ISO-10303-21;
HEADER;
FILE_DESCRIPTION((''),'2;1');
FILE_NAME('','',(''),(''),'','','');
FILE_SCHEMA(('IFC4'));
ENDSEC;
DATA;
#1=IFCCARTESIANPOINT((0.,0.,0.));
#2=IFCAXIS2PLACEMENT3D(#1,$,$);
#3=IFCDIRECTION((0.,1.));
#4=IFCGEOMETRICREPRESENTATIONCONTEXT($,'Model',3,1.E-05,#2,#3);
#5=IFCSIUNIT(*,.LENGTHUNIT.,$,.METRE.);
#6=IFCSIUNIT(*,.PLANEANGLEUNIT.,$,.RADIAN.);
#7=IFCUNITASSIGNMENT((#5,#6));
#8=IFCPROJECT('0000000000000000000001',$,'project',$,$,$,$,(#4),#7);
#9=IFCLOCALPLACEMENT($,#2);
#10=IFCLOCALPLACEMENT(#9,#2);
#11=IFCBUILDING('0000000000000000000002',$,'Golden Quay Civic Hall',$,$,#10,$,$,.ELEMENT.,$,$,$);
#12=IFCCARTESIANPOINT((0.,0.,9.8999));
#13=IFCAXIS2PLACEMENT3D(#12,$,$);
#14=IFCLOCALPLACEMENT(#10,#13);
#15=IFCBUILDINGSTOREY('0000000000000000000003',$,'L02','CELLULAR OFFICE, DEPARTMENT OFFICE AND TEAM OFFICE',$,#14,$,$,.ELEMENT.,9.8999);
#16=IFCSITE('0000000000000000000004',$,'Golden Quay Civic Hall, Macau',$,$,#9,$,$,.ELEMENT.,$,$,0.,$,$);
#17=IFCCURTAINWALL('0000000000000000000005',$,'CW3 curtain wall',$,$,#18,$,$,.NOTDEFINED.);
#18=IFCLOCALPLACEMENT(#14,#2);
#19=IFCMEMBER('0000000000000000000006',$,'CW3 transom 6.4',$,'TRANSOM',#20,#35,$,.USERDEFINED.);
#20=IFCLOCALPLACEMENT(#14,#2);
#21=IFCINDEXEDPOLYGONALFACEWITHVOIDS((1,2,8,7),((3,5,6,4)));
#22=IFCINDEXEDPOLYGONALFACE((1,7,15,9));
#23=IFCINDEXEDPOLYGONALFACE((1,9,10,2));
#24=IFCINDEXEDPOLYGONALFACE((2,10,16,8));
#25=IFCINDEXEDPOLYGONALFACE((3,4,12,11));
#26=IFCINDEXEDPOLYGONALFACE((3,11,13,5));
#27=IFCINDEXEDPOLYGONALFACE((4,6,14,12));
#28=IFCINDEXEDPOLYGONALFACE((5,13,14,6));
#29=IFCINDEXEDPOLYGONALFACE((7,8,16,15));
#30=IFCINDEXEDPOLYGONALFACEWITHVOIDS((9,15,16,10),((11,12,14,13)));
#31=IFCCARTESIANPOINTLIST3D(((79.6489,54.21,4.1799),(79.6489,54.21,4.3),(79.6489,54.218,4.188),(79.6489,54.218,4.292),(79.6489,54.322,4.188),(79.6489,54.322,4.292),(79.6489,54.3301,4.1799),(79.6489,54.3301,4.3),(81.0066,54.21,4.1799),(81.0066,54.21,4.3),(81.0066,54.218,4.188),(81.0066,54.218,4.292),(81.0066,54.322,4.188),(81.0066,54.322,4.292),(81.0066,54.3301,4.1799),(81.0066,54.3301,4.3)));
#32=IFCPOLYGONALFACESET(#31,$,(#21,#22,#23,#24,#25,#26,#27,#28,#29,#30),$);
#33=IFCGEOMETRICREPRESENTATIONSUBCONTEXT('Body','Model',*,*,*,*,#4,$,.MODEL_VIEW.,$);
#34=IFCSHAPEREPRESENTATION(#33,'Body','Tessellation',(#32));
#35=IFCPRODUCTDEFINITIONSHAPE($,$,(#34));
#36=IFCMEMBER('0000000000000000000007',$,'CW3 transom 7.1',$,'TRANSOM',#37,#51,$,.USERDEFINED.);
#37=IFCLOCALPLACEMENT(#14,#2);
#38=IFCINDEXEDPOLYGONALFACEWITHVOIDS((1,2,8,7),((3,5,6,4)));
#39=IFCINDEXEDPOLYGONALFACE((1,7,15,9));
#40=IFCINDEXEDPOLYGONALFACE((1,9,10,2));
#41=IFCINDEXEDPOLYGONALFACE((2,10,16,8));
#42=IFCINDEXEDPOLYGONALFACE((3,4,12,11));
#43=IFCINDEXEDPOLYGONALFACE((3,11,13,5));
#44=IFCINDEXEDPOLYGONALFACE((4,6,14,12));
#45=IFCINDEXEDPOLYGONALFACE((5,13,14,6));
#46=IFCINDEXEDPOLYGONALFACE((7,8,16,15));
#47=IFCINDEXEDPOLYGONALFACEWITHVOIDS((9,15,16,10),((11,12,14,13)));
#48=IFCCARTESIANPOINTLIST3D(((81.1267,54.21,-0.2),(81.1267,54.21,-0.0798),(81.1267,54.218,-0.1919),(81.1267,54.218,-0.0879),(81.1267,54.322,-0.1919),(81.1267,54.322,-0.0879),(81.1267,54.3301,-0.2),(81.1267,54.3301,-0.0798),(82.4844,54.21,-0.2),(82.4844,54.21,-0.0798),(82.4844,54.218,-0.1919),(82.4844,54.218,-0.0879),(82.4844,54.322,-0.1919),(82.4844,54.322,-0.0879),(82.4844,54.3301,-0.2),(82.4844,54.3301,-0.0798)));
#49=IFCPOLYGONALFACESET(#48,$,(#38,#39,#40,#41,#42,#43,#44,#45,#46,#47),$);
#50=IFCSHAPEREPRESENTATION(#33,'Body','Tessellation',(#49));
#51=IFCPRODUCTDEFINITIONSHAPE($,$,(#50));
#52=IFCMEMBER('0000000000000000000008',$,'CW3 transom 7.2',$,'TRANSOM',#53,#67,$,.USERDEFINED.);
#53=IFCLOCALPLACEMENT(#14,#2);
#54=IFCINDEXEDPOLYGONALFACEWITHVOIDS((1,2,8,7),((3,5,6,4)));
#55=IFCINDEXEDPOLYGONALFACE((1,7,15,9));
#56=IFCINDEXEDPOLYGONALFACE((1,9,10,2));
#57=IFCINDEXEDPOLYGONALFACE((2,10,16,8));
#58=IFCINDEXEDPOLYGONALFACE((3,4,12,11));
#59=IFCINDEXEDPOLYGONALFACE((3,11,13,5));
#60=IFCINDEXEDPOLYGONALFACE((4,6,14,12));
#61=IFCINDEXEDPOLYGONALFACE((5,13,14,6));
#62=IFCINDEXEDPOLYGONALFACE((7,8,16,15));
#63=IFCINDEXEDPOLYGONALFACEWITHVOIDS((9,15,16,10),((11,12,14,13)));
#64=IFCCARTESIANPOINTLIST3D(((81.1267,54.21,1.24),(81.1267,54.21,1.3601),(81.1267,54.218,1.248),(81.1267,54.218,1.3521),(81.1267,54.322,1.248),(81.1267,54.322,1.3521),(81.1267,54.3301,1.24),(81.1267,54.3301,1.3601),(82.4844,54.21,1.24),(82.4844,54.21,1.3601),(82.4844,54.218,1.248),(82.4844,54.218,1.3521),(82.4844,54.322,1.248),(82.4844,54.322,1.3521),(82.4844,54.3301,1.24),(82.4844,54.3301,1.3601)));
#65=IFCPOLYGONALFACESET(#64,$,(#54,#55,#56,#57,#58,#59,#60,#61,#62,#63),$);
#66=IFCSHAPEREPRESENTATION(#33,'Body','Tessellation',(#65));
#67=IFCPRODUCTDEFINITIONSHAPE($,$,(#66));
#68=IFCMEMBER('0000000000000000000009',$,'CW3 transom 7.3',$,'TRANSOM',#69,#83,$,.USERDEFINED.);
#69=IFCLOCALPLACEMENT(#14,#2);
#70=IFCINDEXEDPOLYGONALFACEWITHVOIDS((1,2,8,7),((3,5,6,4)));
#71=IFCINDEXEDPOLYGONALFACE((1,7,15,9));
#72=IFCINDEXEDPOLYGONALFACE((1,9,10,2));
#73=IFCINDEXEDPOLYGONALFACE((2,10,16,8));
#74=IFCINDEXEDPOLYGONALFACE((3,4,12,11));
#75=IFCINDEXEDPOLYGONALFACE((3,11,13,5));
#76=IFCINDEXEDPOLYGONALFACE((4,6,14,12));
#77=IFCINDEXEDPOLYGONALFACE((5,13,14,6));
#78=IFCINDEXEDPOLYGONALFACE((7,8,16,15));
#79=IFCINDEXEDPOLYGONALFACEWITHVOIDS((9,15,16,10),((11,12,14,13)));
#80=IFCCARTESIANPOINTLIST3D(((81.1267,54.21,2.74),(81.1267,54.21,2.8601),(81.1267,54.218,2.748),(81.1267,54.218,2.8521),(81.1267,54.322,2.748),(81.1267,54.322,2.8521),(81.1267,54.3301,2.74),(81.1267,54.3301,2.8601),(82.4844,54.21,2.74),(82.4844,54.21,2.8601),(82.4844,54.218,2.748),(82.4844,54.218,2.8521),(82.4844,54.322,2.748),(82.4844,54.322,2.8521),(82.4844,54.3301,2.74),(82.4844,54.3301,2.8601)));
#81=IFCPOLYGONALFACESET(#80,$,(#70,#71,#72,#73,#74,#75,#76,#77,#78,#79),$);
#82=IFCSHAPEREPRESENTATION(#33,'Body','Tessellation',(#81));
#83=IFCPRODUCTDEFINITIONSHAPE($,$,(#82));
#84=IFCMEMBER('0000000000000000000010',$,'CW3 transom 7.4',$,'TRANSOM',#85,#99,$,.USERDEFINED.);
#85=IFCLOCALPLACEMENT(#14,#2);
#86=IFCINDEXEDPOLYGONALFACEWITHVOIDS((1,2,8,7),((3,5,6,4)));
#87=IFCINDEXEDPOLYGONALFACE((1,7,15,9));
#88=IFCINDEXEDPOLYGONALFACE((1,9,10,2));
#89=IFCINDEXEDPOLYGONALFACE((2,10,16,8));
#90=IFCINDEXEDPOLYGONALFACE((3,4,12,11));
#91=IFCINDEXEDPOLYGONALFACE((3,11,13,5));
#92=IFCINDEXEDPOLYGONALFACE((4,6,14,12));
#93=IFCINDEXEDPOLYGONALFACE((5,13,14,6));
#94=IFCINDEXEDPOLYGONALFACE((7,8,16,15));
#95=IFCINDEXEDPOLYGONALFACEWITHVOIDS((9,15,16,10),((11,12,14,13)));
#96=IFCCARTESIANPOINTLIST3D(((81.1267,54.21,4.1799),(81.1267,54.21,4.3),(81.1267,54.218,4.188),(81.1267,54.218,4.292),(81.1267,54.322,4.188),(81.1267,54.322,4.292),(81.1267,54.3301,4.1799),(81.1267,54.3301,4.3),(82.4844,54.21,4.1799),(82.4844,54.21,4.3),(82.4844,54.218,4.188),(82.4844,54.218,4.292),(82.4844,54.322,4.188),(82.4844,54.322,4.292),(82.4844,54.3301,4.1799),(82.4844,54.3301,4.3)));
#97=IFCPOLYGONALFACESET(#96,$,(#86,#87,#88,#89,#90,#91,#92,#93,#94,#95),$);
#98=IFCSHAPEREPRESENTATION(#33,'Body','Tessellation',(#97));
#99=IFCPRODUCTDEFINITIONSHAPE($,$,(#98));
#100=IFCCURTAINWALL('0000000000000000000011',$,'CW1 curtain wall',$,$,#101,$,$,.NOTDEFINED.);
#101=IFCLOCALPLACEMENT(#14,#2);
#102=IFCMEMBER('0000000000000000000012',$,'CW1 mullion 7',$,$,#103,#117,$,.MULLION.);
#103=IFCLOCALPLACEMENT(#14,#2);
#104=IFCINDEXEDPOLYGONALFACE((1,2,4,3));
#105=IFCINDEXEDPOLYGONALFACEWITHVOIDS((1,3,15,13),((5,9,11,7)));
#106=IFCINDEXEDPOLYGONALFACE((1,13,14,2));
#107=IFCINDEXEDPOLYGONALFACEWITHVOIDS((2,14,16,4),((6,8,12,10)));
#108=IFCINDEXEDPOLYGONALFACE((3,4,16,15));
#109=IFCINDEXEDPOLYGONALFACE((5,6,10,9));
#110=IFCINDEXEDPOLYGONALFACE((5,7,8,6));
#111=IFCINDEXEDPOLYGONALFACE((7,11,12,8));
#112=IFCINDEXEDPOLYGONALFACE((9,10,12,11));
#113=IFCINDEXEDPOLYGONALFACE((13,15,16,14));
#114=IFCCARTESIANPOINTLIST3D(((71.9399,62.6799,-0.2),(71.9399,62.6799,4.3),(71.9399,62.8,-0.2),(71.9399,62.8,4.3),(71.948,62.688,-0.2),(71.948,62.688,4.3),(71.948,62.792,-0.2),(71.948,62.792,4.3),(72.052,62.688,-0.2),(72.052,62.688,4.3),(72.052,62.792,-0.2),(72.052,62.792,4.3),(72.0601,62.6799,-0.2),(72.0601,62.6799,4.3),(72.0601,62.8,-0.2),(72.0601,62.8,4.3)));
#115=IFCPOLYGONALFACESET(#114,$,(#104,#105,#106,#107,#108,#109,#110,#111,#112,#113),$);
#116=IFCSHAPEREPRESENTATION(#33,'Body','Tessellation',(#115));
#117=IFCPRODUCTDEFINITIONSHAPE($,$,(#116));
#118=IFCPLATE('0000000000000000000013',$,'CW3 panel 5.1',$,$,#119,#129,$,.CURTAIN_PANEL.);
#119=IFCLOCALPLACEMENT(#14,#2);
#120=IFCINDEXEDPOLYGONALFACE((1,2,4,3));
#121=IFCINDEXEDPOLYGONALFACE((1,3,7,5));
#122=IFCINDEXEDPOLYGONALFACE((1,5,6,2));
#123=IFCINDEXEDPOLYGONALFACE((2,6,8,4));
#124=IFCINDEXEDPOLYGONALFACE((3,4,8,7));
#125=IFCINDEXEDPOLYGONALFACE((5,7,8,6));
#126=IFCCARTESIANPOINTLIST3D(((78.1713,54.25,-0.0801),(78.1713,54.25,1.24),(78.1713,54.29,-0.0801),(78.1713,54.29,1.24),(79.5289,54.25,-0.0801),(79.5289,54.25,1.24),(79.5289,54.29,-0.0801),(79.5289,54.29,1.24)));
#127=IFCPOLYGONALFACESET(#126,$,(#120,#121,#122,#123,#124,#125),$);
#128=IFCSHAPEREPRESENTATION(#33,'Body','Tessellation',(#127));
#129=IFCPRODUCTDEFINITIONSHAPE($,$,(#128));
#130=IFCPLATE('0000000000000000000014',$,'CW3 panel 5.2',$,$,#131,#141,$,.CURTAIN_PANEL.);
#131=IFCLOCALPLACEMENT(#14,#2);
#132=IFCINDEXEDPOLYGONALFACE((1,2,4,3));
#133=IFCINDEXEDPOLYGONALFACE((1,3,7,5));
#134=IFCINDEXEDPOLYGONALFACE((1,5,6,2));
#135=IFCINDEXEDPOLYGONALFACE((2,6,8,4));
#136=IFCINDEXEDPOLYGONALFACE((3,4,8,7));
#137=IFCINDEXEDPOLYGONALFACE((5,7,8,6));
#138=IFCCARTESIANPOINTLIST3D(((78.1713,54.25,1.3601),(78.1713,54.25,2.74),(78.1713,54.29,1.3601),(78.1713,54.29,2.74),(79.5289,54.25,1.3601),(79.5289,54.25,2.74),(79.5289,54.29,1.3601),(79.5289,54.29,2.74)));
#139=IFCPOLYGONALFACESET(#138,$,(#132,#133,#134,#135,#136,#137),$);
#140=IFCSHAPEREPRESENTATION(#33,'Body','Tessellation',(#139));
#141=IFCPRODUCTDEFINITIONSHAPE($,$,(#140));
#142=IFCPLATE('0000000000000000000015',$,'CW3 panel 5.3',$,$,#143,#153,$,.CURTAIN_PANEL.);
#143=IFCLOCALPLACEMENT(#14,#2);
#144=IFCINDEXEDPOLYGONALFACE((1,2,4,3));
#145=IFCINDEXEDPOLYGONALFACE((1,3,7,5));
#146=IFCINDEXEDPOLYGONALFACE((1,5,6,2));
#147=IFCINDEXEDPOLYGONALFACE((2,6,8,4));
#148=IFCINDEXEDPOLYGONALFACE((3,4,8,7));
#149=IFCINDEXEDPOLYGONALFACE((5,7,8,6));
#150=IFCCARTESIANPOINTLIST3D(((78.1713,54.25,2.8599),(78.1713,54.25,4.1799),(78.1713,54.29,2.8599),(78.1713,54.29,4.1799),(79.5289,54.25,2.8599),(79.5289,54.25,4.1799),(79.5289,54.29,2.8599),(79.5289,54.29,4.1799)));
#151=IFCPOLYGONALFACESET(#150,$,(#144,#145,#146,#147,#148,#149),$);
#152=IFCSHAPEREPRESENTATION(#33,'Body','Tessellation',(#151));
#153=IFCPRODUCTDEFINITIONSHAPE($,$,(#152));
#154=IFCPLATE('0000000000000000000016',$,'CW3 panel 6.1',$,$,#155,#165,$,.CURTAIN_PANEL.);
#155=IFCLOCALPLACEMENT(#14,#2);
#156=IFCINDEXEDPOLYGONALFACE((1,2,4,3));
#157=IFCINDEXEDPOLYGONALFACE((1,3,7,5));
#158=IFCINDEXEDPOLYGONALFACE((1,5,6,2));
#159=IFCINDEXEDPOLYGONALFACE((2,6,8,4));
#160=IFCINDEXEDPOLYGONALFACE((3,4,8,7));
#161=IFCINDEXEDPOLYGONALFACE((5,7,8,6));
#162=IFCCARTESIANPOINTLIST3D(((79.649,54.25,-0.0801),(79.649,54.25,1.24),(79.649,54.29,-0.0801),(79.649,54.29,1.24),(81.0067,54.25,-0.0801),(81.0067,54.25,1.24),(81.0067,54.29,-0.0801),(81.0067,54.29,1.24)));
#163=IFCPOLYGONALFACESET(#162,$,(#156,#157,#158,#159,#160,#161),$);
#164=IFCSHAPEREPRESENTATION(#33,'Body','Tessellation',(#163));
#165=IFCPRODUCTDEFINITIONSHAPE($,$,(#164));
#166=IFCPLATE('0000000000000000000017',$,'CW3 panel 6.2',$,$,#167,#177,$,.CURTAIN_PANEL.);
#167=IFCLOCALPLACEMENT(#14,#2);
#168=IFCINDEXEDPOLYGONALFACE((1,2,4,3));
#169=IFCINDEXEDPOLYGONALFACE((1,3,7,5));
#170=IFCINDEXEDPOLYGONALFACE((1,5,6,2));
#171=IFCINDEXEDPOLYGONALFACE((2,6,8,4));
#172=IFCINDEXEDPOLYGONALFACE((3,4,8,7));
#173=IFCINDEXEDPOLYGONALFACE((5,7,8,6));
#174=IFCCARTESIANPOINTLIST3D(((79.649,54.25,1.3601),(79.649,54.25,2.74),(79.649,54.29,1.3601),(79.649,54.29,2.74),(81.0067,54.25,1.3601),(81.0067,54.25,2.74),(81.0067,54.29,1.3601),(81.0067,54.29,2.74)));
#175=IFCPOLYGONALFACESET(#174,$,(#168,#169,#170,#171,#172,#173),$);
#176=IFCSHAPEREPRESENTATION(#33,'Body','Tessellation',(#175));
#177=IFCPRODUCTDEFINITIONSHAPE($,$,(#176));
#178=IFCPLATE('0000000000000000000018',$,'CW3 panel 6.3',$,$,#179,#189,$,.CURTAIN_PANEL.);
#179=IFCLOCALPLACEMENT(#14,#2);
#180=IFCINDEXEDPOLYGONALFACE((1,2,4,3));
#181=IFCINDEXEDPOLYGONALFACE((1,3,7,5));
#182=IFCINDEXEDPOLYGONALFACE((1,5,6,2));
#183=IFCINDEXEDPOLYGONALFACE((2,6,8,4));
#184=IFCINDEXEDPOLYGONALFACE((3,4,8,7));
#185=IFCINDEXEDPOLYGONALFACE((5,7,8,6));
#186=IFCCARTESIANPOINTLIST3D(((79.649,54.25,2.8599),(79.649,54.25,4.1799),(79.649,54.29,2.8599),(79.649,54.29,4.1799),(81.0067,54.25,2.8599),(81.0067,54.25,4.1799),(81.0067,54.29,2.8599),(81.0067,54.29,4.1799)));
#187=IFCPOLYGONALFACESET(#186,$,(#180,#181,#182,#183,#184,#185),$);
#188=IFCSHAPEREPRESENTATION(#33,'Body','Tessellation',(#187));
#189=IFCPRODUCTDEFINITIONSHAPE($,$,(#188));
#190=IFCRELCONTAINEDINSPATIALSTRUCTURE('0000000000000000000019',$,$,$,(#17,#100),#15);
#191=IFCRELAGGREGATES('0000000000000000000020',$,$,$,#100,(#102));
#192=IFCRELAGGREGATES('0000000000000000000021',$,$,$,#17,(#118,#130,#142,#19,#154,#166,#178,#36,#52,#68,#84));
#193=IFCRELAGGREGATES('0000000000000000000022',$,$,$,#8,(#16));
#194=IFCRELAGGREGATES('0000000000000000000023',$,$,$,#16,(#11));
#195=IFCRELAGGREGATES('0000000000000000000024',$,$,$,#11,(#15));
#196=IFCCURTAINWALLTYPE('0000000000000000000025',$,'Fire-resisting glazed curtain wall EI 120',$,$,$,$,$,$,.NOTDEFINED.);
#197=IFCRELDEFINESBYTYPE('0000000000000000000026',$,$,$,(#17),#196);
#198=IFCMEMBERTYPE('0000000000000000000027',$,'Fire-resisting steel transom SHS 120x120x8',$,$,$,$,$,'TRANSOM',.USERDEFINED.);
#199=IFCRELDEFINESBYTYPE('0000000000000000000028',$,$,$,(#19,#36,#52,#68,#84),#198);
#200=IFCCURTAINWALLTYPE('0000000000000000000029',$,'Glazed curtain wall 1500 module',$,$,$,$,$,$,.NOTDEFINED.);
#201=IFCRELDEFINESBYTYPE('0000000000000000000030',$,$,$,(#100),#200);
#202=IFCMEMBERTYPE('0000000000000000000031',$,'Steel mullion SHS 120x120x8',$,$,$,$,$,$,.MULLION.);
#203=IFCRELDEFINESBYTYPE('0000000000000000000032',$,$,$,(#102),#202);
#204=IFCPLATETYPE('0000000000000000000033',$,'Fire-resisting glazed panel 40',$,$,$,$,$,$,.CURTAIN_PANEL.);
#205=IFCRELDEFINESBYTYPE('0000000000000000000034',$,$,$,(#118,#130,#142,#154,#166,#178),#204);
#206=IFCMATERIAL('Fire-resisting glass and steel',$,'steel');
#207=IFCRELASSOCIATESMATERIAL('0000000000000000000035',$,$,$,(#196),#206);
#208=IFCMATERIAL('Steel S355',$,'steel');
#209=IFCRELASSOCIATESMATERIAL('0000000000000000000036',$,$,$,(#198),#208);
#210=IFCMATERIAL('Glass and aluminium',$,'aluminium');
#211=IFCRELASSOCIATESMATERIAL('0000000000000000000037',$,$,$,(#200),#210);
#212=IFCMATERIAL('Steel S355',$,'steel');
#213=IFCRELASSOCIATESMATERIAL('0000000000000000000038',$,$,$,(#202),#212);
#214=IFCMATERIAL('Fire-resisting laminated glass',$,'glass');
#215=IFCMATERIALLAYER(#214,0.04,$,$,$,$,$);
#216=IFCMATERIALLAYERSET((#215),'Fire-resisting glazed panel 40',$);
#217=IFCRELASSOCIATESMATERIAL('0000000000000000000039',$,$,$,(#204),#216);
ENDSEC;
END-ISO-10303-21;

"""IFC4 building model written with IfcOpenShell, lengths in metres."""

from ifc_helpers import new_model, si_unit, direction, frame, origin, origin_2d, place, context, subcontext, project, spatial, rectangle, hollow_rectangle, extrude, material, layer, layer_set, material_profile, profile_set, type_object, element, aggregate, save


model = new_model("IFC4")

# Units and contexts
model_context = context("Model", 3, precision=1e-05, world=origin(), true_north=direction((0.0, 1.0)))
body_context = subcontext(model_context, "Body", "Model", "MODEL_VIEW")
ifc_project = project(units=[si_unit("LENGTHUNIT", "METRE"), si_unit("PLANEANGLEUNIT", "RADIAN")], contexts=[model_context])

# Site, building, storey
site_placement = place(None, origin())
site = spatial("IfcSite", under=ifc_project, at=site_placement, Name="Golden Quay Civic Hall, Macau", CompositionType="ELEMENT", RefElevation=0.0)
building_placement = place(site_placement, origin())
building = spatial("IfcBuilding", under=site, at=building_placement, Name="Golden Quay Civic Hall", CompositionType="ELEMENT")
storey_placement = place(building_placement, frame((0.0, 0.0, 9.8999)))
storey = spatial("IfcBuildingStorey", under=building, at=storey_placement, Name="L02", Description="CELLULAR OFFICE, DEPARTMENT OFFICE AND TEAM OFFICE", CompositionType="ELEMENT", Elevation=9.8999)

# Curtain wall, members
ifc_material_1 = material(Name="Fire-resisting glass and steel", Category="steel")
curtain_wall_type_1 = type_object("IfcCurtainWallType", Name="Fire-resisting glazed curtain wall EI 120", PredefinedType="NOTDEFINED", material=ifc_material_1)
curtain_wall_1_placement = place(storey_placement, origin())
curtain_wall_1 = element("IfcCurtainWall", 1, at=curtain_wall_1_placement, inside=storey, type_object=curtain_wall_type_1, Name="CW3 curtain wall", PredefinedType="NOTDEFINED")
ifc_material_2 = material(Name="Steel S355", Category="steel")
ifc_material_profile_1 = material_profile(ifc_material_2, hollow_rectangle(XDim=0.1201, YDim=0.1201, WallThickness=0.0081, at=origin_2d()), Name="SHS 120x120x8")
ifc_profile_set_1 = profile_set([ifc_material_profile_1], Name="Steel S355")
member_type_1 = type_object("IfcMemberType", Name="Fire-resisting steel transom SHS 120x120x8", ElementType="TRANSOM", PredefinedType="USERDEFINED", material=ifc_profile_set_1)
member_1_placement = place(storey_placement, frame((79.6489, 54.27, 4.24), z_axis=(1.0, 0.0, 0.0), x_axis=(0.0, 1.0, 0.0)))
member_1 = element("IfcMember", 2, at=member_1_placement, type_object=member_type_1, Name="CW3 transom 6.4", ObjectType="TRANSOM", PredefinedType="USERDEFINED", context=body_context, shape_type="SweptSolid", body=[
    extrude(hollow_rectangle(XDim=0.1201, YDim=0.1201, WallThickness=0.0081, at=origin_2d()), origin(), (0.0, 0.0, 1.0), 1.3577),
])
member_2_placement = place(storey_placement, frame((81.1267, 54.27, -0.1399), z_axis=(1.0, 0.0, 0.0), x_axis=(0.0, 1.0, 0.0)))
member_2 = element("IfcMember", 3, at=member_2_placement, type_object=member_type_1, Name="CW3 transom 7.1", ObjectType="TRANSOM", PredefinedType="USERDEFINED", context=body_context, shape_type="SweptSolid", body=[
    extrude(hollow_rectangle(XDim=0.1201, YDim=0.1201, WallThickness=0.0081, at=origin_2d()), origin(), (0.0, 0.0, 1.0), 1.3577),
])
member_3_placement = place(storey_placement, frame((81.1267, 54.27, 1.3), z_axis=(1.0, 0.0, 0.0), x_axis=(0.0, 1.0, 0.0)))
member_3 = element("IfcMember", 4, at=member_3_placement, type_object=member_type_1, Name="CW3 transom 7.2", ObjectType="TRANSOM", PredefinedType="USERDEFINED", context=body_context, shape_type="SweptSolid", body=[
    extrude(hollow_rectangle(XDim=0.1201, YDim=0.1201, WallThickness=0.0081, at=origin_2d()), origin(), (0.0, 0.0, 1.0), 1.3577),
])
member_4_placement = place(storey_placement, frame((81.1267, 54.27, 2.8), z_axis=(1.0, 0.0, 0.0), x_axis=(0.0, 1.0, 0.0)))
member_4 = element("IfcMember", 5, at=member_4_placement, type_object=member_type_1, Name="CW3 transom 7.3", ObjectType="TRANSOM", PredefinedType="USERDEFINED", context=body_context, shape_type="SweptSolid", body=[
    extrude(hollow_rectangle(XDim=0.1201, YDim=0.1201, WallThickness=0.0081, at=origin_2d()), origin(), (0.0, 0.0, 1.0), 1.3577),
])
member_5_placement = place(storey_placement, frame((81.1267, 54.27, 4.24), z_axis=(1.0, 0.0, 0.0), x_axis=(0.0, 1.0, 0.0)))
member_5 = element("IfcMember", 6, at=member_5_placement, type_object=member_type_1, Name="CW3 transom 7.4", ObjectType="TRANSOM", PredefinedType="USERDEFINED", context=body_context, shape_type="SweptSolid", body=[
    extrude(hollow_rectangle(XDim=0.1201, YDim=0.1201, WallThickness=0.0081, at=origin_2d()), origin(), (0.0, 0.0, 1.0), 1.3577),
])

# Curtain wall, member
ifc_material_3 = material(Name="Glass and aluminium", Category="aluminium")
curtain_wall_type_2 = type_object("IfcCurtainWallType", Name="Glazed curtain wall 1500 module", PredefinedType="NOTDEFINED", material=ifc_material_3)
curtain_wall_2_placement = place(storey_placement, origin())
curtain_wall_2 = element("IfcCurtainWall", 7, at=curtain_wall_2_placement, inside=storey, type_object=curtain_wall_type_2, Name="CW1 curtain wall", PredefinedType="NOTDEFINED")
ifc_material_4 = material(Name="Steel S355", Category="steel")
ifc_material_profile_2 = material_profile(ifc_material_4, hollow_rectangle(XDim=0.1201, YDim=0.1201, WallThickness=0.0081, at=origin_2d()), Name="SHS 120x120x8")
ifc_profile_set_2 = profile_set([ifc_material_profile_2], Name="Steel S355")
member_type_2 = type_object("IfcMemberType", Name="Steel mullion SHS 120x120x8", PredefinedType="MULLION", material=ifc_profile_set_2)
member_6_placement = place(storey_placement, frame((72.0, 62.74, -0.2), z_axis=(0.0, 0.0, 1.0), x_axis=(-1.0, 0.0, 0.0)))
member_6 = element("IfcMember", 8, at=member_6_placement, type_object=member_type_2, Name="CW1 mullion 7", PredefinedType="MULLION", context=body_context, shape_type="SweptSolid", body=[
    extrude(hollow_rectangle(XDim=0.1201, YDim=0.1201, WallThickness=0.0081, at=origin_2d()), origin(), (0.0, 0.0, 1.0), 4.5),
])
aggregate(curtain_wall_2, [member_6])

# Plates
ifc_material_5 = material(Name="Fire-resisting laminated glass", Category="glass")
ifc_layer = layer(ifc_material_5, 0.04)
ifc_layer_set = layer_set([ifc_layer], Name="Fire-resisting glazed panel 40")
plate_type = type_object("IfcPlateType", Name="Fire-resisting glazed panel 40", PredefinedType="CURTAIN_PANEL", material=ifc_layer_set)
plate_1_placement = place(storey_placement, frame((78.8501, 54.27, -0.0801), z_axis=(0.0, 0.0, 1.0), x_axis=(1.0, 0.0, 0.0)))
plate_1 = element("IfcPlate", 9, at=plate_1_placement, type_object=plate_type, Name="CW3 panel 5.1", PredefinedType="CURTAIN_PANEL", context=body_context, shape_type="SweptSolid", body=[
    extrude(rectangle(XDim=1.3577, YDim=0.04, at=origin_2d()), origin(), (0.0, 0.0, 1.0), 1.3201),
])
plate_2_placement = place(storey_placement, frame((78.8501, 54.27, 1.3601), z_axis=(0.0, 0.0, 1.0), x_axis=(1.0, 0.0, 0.0)))
plate_2 = element("IfcPlate", 10, at=plate_2_placement, type_object=plate_type, Name="CW3 panel 5.2", PredefinedType="CURTAIN_PANEL", context=body_context, shape_type="SweptSolid", body=[
    extrude(rectangle(XDim=1.3577, YDim=0.04, at=origin_2d()), origin(), (0.0, 0.0, 1.0), 1.3799),
])
plate_3_placement = place(storey_placement, frame((78.8501, 54.27, 2.8599), z_axis=(0.0, 0.0, 1.0), x_axis=(1.0, 0.0, 0.0)))
plate_3 = element("IfcPlate", 11, at=plate_3_placement, type_object=plate_type, Name="CW3 panel 5.3", PredefinedType="CURTAIN_PANEL", context=body_context, shape_type="SweptSolid", body=[
    extrude(rectangle(XDim=1.3577, YDim=0.04, at=origin_2d()), origin(), (0.0, 0.0, 1.0), 1.3201),
])
plate_4_placement = place(storey_placement, frame((80.3279, 54.27, -0.0801), z_axis=(0.0, 0.0, 1.0), x_axis=(1.0, 0.0, 0.0)))
plate_4 = element("IfcPlate", 12, at=plate_4_placement, type_object=plate_type, Name="CW3 panel 6.1", PredefinedType="CURTAIN_PANEL", context=body_context, shape_type="SweptSolid", body=[
    extrude(rectangle(XDim=1.3577, YDim=0.04, at=origin_2d()), origin(), (0.0, 0.0, 1.0), 1.3201),
])
plate_5_placement = place(storey_placement, frame((80.3279, 54.27, 1.3601), z_axis=(0.0, 0.0, 1.0), x_axis=(1.0, 0.0, 0.0)))
plate_5 = element("IfcPlate", 13, at=plate_5_placement, type_object=plate_type, Name="CW3 panel 6.2", PredefinedType="CURTAIN_PANEL", context=body_context, shape_type="SweptSolid", body=[
    extrude(rectangle(XDim=1.3577, YDim=0.04, at=origin_2d()), origin(), (0.0, 0.0, 1.0), 1.3799),
])
plate_6_placement = place(storey_placement, frame((80.3279, 54.27, 2.8599), z_axis=(0.0, 0.0, 1.0), x_axis=(1.0, 0.0, 0.0)))
plate_6 = element("IfcPlate", 14, at=plate_6_placement, type_object=plate_type, Name="CW3 panel 6.3", PredefinedType="CURTAIN_PANEL", context=body_context, shape_type="SweptSolid", body=[
    extrude(rectangle(XDim=1.3577, YDim=0.04, at=origin_2d()), origin(), (0.0, 0.0, 1.0), 1.3201),
])
aggregate(curtain_wall_1, [plate_1, plate_2, plate_3, member_1, plate_4, plate_5, plate_6, member_2, member_3, member_4, member_5])

save(model, "model.ifc")
